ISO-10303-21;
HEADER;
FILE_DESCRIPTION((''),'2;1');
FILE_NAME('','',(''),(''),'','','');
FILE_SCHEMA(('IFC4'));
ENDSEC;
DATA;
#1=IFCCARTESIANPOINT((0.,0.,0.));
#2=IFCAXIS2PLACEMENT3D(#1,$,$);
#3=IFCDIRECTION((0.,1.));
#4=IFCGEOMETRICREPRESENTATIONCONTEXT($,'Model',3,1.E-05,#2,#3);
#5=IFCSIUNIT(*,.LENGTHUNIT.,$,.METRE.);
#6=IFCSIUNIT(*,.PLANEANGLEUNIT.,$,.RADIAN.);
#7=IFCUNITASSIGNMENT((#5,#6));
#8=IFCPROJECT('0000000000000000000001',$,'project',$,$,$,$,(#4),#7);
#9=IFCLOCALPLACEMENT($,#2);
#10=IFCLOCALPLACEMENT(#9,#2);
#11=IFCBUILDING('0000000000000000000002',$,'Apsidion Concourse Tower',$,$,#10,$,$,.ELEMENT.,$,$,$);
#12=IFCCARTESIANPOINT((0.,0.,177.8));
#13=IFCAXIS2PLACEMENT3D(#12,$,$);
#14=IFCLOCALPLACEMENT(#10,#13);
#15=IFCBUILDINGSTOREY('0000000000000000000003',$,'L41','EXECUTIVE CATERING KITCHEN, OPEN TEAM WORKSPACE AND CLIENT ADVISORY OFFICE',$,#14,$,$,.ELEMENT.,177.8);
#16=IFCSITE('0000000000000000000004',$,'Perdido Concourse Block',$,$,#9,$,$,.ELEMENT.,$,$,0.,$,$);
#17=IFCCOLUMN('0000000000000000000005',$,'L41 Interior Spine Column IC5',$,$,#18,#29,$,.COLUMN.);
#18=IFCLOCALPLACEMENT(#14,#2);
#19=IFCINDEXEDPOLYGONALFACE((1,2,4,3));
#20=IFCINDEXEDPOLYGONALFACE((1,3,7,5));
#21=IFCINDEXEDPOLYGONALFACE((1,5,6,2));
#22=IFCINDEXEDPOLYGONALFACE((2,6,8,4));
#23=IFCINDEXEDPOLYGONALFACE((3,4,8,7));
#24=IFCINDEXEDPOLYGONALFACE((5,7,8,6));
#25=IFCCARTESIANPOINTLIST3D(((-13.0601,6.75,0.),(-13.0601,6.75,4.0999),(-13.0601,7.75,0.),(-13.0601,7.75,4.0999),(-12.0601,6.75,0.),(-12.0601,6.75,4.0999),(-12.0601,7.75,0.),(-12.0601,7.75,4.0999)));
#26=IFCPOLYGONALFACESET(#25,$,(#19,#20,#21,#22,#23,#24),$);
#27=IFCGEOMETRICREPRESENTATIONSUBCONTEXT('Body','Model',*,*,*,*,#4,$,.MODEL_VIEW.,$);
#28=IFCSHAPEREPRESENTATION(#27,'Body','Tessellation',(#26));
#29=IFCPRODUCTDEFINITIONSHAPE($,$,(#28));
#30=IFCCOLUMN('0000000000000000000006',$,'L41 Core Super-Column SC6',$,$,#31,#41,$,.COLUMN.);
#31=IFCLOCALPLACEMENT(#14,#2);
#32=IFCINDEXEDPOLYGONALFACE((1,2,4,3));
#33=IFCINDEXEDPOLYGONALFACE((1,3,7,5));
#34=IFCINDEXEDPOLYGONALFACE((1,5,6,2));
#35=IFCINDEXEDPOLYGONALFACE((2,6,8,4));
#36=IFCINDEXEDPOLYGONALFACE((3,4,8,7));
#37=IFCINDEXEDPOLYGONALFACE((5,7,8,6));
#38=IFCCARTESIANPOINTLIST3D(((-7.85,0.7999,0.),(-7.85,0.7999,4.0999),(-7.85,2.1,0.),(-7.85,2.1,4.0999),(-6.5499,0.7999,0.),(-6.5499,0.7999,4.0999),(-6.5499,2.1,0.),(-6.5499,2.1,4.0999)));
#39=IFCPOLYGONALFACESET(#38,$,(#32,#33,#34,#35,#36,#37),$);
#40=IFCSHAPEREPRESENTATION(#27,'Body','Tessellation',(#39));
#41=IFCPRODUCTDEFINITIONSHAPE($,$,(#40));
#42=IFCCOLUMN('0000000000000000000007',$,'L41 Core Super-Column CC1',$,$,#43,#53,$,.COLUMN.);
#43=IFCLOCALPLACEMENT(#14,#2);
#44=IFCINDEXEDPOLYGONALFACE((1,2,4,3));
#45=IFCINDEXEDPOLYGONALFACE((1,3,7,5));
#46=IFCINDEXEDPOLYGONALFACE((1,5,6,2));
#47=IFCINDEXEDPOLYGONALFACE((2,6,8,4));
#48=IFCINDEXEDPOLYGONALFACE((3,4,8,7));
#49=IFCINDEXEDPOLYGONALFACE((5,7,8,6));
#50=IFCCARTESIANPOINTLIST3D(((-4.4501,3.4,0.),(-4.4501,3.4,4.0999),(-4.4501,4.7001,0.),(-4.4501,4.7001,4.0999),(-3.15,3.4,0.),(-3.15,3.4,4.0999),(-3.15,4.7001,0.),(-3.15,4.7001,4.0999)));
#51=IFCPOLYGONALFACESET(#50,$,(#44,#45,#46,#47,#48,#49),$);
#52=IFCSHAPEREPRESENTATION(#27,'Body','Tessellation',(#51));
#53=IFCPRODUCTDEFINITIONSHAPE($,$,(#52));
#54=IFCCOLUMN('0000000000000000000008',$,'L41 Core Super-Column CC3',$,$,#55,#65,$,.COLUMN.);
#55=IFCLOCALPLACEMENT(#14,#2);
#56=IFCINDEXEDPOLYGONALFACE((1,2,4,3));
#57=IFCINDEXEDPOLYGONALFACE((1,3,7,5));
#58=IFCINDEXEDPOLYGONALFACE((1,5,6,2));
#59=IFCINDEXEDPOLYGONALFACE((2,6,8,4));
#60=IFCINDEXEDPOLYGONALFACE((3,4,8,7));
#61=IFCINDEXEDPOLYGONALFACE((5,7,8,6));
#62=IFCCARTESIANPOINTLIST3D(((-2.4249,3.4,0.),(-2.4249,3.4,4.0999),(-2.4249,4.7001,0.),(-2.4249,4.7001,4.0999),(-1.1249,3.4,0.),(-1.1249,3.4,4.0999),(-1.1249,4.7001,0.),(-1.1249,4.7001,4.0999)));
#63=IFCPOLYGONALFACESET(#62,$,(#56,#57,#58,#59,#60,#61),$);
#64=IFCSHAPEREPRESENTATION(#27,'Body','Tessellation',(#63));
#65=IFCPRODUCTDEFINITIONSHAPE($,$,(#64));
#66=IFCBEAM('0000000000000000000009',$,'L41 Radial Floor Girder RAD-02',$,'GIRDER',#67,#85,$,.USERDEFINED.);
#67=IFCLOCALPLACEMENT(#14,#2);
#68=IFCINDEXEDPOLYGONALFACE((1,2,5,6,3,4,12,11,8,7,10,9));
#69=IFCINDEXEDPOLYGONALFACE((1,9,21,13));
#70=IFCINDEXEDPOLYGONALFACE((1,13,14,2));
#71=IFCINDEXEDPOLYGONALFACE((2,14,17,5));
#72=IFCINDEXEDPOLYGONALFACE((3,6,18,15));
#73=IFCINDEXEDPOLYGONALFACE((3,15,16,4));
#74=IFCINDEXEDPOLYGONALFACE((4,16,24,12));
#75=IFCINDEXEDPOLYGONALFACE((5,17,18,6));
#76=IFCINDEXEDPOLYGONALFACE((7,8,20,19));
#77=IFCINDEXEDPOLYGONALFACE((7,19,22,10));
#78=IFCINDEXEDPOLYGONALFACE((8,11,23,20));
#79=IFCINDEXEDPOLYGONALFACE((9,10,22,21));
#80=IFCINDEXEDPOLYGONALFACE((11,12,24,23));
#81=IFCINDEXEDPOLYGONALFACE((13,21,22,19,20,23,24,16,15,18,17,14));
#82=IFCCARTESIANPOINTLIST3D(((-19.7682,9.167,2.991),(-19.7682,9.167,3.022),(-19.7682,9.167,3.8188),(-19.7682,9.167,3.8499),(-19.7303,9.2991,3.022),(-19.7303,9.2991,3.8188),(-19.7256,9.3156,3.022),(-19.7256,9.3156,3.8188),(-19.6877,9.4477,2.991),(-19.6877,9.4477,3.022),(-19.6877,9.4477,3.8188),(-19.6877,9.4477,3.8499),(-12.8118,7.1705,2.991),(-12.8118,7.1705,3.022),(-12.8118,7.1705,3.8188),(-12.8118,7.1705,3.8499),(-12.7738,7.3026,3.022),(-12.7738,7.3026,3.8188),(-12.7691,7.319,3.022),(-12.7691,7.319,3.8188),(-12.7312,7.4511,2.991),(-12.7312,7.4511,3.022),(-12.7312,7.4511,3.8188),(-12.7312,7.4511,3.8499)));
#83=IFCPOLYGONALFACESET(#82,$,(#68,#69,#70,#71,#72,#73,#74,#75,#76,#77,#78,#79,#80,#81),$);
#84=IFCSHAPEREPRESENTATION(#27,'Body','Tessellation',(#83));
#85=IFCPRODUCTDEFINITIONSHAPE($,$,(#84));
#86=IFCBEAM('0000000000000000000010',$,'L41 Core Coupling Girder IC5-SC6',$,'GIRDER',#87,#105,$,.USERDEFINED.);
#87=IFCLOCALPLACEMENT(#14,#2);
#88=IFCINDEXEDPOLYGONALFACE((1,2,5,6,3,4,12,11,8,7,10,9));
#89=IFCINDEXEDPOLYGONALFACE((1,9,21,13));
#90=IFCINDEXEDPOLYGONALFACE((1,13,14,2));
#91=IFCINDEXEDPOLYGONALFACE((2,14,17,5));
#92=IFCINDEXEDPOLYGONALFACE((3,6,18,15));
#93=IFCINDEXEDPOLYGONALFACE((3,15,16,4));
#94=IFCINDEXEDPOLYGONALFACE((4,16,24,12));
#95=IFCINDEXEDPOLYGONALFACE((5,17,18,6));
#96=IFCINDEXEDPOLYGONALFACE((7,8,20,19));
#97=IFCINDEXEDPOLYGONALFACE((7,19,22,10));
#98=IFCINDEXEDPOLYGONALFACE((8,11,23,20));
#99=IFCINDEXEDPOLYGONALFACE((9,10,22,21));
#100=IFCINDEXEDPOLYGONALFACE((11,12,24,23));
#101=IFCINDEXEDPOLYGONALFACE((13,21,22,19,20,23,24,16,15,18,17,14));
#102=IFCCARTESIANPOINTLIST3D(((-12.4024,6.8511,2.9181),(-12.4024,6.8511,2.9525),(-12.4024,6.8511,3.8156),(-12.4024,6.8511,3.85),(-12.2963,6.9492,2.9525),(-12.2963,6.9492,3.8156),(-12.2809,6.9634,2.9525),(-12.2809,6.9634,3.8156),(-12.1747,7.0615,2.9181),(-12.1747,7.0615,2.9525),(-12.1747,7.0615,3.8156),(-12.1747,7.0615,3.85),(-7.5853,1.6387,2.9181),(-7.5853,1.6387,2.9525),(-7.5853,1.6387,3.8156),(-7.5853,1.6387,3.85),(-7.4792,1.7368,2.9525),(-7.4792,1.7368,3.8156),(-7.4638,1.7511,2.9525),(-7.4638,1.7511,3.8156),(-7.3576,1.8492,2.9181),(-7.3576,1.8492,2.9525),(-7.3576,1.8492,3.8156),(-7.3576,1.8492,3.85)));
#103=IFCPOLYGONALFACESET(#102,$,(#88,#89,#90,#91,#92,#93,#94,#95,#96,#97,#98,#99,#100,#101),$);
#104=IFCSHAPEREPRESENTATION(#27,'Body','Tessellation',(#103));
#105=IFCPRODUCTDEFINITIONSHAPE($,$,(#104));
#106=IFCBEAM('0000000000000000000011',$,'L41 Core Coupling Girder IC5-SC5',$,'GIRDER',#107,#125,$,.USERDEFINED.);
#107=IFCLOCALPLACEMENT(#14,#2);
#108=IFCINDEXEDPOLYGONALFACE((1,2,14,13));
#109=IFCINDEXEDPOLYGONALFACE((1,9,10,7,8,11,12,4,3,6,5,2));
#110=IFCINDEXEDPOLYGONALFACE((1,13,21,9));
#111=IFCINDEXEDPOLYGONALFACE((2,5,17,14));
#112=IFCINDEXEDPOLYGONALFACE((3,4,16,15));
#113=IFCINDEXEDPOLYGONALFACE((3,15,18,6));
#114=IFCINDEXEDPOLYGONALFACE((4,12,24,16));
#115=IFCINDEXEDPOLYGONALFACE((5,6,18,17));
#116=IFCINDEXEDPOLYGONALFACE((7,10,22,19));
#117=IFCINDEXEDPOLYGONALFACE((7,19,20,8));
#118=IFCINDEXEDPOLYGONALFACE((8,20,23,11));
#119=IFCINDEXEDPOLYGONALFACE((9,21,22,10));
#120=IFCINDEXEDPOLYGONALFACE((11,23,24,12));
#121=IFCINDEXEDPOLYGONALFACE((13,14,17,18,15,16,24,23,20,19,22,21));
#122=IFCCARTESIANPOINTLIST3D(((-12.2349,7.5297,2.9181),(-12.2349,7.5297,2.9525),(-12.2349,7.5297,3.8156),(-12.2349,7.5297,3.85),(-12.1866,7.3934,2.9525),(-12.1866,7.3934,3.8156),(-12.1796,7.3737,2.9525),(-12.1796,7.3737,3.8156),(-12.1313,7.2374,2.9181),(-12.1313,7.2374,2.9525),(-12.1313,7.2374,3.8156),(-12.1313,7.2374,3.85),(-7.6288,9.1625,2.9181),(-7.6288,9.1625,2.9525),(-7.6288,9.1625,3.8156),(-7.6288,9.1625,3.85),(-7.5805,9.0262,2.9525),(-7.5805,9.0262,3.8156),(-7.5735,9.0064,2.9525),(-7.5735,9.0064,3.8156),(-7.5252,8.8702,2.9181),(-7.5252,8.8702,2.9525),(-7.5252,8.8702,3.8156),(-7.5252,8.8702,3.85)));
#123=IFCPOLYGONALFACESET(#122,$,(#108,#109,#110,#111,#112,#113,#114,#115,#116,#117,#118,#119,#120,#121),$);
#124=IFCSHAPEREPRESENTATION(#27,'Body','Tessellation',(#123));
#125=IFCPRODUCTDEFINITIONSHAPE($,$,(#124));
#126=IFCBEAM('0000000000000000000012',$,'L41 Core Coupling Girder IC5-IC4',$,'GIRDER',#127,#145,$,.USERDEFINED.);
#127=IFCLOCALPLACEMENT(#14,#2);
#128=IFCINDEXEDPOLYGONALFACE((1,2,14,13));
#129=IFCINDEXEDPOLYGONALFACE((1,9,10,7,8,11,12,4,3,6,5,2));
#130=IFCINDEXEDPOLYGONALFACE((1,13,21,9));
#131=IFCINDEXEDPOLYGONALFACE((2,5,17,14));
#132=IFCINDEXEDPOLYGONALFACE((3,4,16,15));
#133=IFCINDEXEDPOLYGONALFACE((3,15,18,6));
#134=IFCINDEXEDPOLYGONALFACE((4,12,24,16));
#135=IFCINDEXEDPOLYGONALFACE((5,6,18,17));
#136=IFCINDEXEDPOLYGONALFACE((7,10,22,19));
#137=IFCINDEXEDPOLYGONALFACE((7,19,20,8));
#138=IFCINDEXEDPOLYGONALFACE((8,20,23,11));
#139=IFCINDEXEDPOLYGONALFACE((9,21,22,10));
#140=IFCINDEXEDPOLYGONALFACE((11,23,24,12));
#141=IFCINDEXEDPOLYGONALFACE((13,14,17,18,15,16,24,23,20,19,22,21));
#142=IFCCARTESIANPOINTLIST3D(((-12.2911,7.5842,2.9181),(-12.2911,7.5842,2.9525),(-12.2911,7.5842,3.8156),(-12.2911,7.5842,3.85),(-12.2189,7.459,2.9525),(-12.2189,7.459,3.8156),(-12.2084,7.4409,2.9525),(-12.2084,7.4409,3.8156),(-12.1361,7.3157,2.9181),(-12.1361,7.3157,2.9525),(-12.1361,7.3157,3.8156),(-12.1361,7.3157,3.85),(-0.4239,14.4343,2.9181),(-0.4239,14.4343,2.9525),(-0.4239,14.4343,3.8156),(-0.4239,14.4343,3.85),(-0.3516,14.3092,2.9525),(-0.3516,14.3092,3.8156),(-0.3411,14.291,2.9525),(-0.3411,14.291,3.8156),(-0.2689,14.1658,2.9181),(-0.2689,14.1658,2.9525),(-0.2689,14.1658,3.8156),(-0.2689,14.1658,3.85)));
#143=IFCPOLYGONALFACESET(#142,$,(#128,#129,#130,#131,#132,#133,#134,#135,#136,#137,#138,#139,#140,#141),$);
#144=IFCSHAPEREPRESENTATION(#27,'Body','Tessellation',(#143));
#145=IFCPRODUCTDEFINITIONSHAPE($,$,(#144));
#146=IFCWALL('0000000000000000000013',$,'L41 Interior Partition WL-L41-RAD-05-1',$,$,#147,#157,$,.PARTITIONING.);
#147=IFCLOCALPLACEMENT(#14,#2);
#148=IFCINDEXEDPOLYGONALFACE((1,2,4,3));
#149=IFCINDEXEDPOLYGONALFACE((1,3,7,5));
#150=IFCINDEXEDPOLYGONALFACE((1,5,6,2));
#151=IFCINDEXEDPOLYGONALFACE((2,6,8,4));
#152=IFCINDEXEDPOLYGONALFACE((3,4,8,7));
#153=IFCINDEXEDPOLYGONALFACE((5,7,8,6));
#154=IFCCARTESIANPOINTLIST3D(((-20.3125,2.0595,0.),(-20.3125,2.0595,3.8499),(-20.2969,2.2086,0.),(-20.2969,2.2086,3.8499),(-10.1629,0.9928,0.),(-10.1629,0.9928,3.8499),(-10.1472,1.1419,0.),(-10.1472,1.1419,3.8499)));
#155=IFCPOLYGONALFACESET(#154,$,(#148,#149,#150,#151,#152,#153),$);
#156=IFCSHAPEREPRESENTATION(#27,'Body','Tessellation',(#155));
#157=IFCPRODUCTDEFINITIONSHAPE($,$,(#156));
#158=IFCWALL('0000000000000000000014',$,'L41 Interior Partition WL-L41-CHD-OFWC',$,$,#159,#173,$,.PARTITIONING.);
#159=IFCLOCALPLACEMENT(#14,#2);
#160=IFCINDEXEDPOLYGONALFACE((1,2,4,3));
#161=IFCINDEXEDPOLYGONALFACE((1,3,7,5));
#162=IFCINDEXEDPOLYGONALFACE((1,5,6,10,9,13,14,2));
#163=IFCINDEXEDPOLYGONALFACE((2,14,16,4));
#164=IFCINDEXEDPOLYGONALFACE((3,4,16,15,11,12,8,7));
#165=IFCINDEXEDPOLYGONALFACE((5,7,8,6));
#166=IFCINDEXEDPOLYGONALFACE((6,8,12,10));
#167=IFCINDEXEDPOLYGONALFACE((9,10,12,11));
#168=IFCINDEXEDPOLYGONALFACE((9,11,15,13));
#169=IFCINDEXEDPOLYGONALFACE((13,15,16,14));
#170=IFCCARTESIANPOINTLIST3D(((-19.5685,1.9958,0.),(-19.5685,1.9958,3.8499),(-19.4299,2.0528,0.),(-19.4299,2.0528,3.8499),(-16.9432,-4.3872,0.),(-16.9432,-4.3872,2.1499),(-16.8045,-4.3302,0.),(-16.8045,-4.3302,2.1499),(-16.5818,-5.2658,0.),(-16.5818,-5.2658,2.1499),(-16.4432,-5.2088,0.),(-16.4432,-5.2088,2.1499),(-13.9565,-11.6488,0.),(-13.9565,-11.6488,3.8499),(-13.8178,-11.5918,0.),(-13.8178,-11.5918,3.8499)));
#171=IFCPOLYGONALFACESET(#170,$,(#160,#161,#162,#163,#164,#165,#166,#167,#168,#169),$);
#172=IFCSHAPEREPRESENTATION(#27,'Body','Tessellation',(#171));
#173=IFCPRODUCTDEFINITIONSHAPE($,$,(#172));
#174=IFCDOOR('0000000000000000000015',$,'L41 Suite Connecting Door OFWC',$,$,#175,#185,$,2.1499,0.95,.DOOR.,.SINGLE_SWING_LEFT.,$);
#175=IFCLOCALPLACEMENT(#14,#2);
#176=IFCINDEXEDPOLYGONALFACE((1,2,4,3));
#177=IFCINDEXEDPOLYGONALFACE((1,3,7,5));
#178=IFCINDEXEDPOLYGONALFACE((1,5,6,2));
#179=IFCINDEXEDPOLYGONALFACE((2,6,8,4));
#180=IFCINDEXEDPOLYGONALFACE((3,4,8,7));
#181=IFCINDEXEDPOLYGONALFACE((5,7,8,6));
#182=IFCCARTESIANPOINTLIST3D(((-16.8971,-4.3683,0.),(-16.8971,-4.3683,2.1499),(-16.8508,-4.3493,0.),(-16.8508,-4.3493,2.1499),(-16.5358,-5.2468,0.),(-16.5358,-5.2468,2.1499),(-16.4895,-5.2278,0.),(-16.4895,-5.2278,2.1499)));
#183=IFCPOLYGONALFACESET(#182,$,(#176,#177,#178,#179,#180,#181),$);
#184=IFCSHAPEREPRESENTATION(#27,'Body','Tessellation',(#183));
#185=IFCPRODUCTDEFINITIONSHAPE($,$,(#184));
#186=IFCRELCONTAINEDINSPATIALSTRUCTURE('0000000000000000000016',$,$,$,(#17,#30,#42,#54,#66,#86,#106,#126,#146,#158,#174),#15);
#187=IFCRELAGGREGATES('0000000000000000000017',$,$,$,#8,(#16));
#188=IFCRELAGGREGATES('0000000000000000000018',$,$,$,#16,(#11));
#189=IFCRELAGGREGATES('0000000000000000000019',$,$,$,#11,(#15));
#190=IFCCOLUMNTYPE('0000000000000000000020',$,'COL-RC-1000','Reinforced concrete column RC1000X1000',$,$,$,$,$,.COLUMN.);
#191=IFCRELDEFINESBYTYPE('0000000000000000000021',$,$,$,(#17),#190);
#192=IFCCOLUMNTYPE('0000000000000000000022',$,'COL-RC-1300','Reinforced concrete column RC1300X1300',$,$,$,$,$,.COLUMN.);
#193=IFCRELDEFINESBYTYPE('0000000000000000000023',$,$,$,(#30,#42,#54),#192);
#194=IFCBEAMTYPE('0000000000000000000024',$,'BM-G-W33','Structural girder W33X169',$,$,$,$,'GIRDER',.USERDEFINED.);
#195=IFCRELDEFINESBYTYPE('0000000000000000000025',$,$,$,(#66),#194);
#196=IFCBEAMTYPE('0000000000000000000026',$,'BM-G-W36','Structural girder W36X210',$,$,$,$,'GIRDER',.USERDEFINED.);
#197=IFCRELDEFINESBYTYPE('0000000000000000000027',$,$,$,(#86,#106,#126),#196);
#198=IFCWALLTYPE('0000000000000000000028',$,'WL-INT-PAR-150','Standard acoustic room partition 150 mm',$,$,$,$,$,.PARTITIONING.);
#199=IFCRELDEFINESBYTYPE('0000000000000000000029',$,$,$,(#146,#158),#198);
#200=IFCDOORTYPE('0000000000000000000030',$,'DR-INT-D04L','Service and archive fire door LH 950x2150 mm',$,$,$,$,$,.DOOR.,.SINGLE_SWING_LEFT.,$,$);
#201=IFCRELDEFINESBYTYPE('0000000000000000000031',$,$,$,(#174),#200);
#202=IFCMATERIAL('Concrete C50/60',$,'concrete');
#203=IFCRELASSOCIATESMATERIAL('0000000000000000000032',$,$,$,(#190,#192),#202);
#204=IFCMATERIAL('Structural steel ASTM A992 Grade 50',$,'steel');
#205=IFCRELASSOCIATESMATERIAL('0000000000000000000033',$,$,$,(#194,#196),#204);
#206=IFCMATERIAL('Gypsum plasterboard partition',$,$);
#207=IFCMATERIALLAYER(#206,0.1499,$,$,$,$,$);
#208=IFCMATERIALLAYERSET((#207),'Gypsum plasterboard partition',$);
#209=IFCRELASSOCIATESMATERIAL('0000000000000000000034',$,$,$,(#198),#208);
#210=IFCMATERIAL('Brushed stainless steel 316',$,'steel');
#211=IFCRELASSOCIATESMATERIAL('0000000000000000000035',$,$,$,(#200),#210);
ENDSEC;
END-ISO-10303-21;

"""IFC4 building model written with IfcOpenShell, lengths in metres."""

from ifc_helpers import new_model, si_unit, direction, frame, frame_2d, origin, origin_2d, place, context, subcontext, project, spatial, rectangle, i_section, extrude, material, layer, layer_set, material_profile, profile_set, type_object, element, fill, save


model = new_model("IFC4")

# Units and contexts
model_context = context("Model", 3, precision=1e-05, world=origin(), true_north=direction((0.0, 1.0)))
body_context = subcontext(model_context, "Body", "Model", "MODEL_VIEW")
ifc_project = project(units=[si_unit("LENGTHUNIT", "METRE"), si_unit("PLANEANGLEUNIT", "RADIAN")], contexts=[model_context])

# Site, building, storey
site_placement = place(None, origin())
site = spatial("IfcSite", under=ifc_project, at=site_placement, Name="Perdido Concourse Block", CompositionType="ELEMENT", RefElevation=0.0)
building_placement = place(site_placement, origin())
building = spatial("IfcBuilding", under=site, at=building_placement, Name="Apsidion Concourse Tower", CompositionType="ELEMENT")
storey_placement = place(building_placement, frame((0.0, 0.0, 177.8)))
storey = spatial("IfcBuildingStorey", under=building, at=storey_placement, Name="L41", Description="EXECUTIVE CATERING KITCHEN, OPEN TEAM WORKSPACE AND CLIENT ADVISORY OFFICE", CompositionType="ELEMENT", Elevation=177.8)

# Columns
ifc_material_1 = material(Name="Concrete C50/60", Category="concrete")
ifc_material_profile_1 = material_profile(ifc_material_1, rectangle(XDim=1.0, YDim=1.0, at=origin_2d()), Name="RC 1000x1000")
ifc_profile_set_1 = profile_set([ifc_material_profile_1], Name="Concrete C50/60")
column_type_1 = type_object("IfcColumnType", Name="COL-RC-1000", Description="Reinforced concrete column RC1000X1000", PredefinedType="COLUMN", material=ifc_profile_set_1)
column_placement = place(storey_placement, frame((-12.5601, 7.25, 0.0), z_axis=(0.0, 0.0, 1.0), x_axis=(1.0, 0.0, 0.0)))
element("IfcColumn", 1, at=column_placement, inside=storey, type_object=column_type_1, Name="L41 Interior Spine Column IC5", PredefinedType="COLUMN", context=body_context, shape_type="SweptSolid", body=[
    extrude(rectangle(XDim=1.0, YDim=1.0, at=origin_2d()), origin(), (0.0, 0.0, 1.0), 4.0999),
])
ifc_material_profile_2 = material_profile(ifc_material_1, rectangle(XDim=1.3, YDim=1.3, at=origin_2d()), Name="RC 1300x1300")
ifc_profile_set_2 = profile_set([ifc_material_profile_2], Name="Concrete C50/60")
column_type_2 = type_object("IfcColumnType", Name="COL-RC-1300", Description="Reinforced concrete column RC1300X1300", PredefinedType="COLUMN", material=ifc_profile_set_2)
for number, where, z_axis, x_axis, name in (
    (2, (-7.2, 1.45, 0.0), (0.0, 0.0, 1.0), (1.0, 0.0, 0.0), "L41 Core Super-Column SC6"),
    (3, (-3.8, 4.05, 0.0), (0.0, 0.0, 1.0), (1.0, 0.0, 0.0), "L41 Core Super-Column CC1"),
    (4, (-1.7749, 4.05, 0.0), (0.0, 0.0, 1.0), (1.0, 0.0, 0.0), "L41 Core Super-Column CC3"),
):
    element("IfcColumn", number, at=place(storey_placement, frame(where, z_axis=z_axis, x_axis=x_axis)), inside=storey, type_object=column_type_2, Name=name, PredefinedType="COLUMN", context=body_context, shape_type="SweptSolid", body=[
        extrude(rectangle(XDim=1.3, YDim=1.3, at=origin_2d()), origin(), (0.0, 0.0, 1.0), 4.0999),
    ])

# Beams
ifc_material_2 = material(Name="Structural steel ASTM A992 Grade 50", Category="steel")
ifc_material_profile_3 = material_profile(ifc_material_2, i_section(OverallWidth=0.292, OverallDepth=0.8589, WebThickness=0.0171, FlangeThickness=0.031, at=origin_2d()), Name="W33X169")
ifc_profile_set_3 = profile_set([ifc_material_profile_3], Name="Structural steel ASTM A992 Grade 50")
beam_type_1 = type_object("IfcBeamType", Name="BM-G-W33", Description="Structural girder W33X169", ElementType="GIRDER", PredefinedType="USERDEFINED", material=ifc_profile_set_3)
beam_1_placement = place(storey_placement, frame((-12.7715, 7.3108, 3.4204), z_axis=(-0.961195, 0.27587, 0.0), x_axis=(-0.27587, -0.961195, 0.0)))
element("IfcBeam", 5, at=beam_1_placement, inside=storey, type_object=beam_type_1, Name="L41 Radial Floor Girder RAD-02", ObjectType="GIRDER", PredefinedType="USERDEFINED", context=body_context, shape_type="SweptSolid", body=[
    extrude(i_section(OverallWidth=0.292, OverallDepth=0.8589, WebThickness=0.0171, FlangeThickness=0.031, at=origin_2d()), origin(), (0.0, 0.0, 1.0), 7.2373),
])
ifc_material_profile_4 = material_profile(ifc_material_2, i_section(OverallWidth=0.3101, OverallDepth=0.9319, WebThickness=0.021, FlangeThickness=0.0344, at=origin_2d()), Name="W36X210")
ifc_profile_set_4 = profile_set([ifc_material_profile_4], Name="Structural steel ASTM A992 Grade 50")
beam_type_2 = type_object("IfcBeamType", Name="BM-G-W36", Description="Structural girder W36X210", ElementType="GIRDER", PredefinedType="USERDEFINED", material=ifc_profile_set_4)
beam_2_placement = place(storey_placement, frame((-12.2886, 6.9563, 3.384), z_axis=(0.678713, -0.734404, 0.0), x_axis=(0.734404, 0.678713, 0.0)))
element("IfcBeam", 6, at=beam_2_placement, inside=storey, type_object=beam_type_2, Name="L41 Core Coupling Girder IC5-SC6", ObjectType="GIRDER", PredefinedType="USERDEFINED", context=body_context, shape_type="SweptSolid", body=[
    extrude(i_section(OverallWidth=0.3101, OverallDepth=0.9319, WebThickness=0.021, FlangeThickness=0.0344, at=origin_2d()), origin(), (0.0, 0.0, 1.0), 7.0974),
])
beam_3_placement = place(storey_placement, frame((-12.1831, 7.3835, 3.384), z_axis=(0.942534, 0.334111, 0.0), x_axis=(-0.334111, 0.942534, 0.0)))
element("IfcBeam", 7, at=beam_3_placement, inside=storey, type_object=beam_type_2, Name="L41 Core Coupling Girder IC5-SC5", ObjectType="GIRDER", PredefinedType="USERDEFINED", context=body_context, shape_type="SweptSolid", body=[
    extrude(i_section(OverallWidth=0.3101, OverallDepth=0.9319, WebThickness=0.021, FlangeThickness=0.0344, at=origin_2d()), origin(), (0.0, 0.0, 1.0), 4.887),
])
beam_4_placement = place(storey_placement, frame((-12.2136, 7.45, 3.384), z_axis=(0.86607, 0.499922, 0.0), x_axis=(-0.499922, 0.86607, 0.0)))
element("IfcBeam", 8, at=beam_4_placement, inside=storey, type_object=beam_type_2, Name="L41 Core Coupling Girder IC5-IC4", ObjectType="GIRDER", PredefinedType="USERDEFINED", context=body_context, shape_type="SweptSolid", body=[
    extrude(i_section(OverallWidth=0.3101, OverallDepth=0.9319, WebThickness=0.021, FlangeThickness=0.0344, at=origin_2d()), origin(), (0.0, 0.0, 1.0), 13.7024),
])

# Wall
ifc_material_3 = material(Name="Gypsum plasterboard partition")
ifc_layer_1 = layer(ifc_material_3, 0.1499)
ifc_layer_set_1 = layer_set([ifc_layer_1], Name="Gypsum plasterboard partition")
wall_type_1 = type_object("IfcWallType", Name="WL-INT-PAR-150", Description="Standard acoustic room partition 150 mm", PredefinedType="PARTITIONING", material=ifc_layer_set_1)
wall_1_placement = place(storey_placement, frame((-10.155, 1.0674, 0.0), z_axis=(0.0, 0.0, 1.0), x_axis=(-0.994523, 0.104517, 0.0)))
element("IfcWall", 9, at=wall_1_placement, inside=storey, type_object=wall_type_1, Name="L41 Interior Partition WL-L41-RAD-05-1", PredefinedType="PARTITIONING", context=body_context, shape_type="SweptSolid", body=[
    extrude(rectangle(XDim=10.2056, YDim=0.1499, at=frame_2d((5.1028, 0.0))), origin(), (0.0, 0.0, 1.0), 3.8499),
])

# Wall, opening, door
wall_2_placement = place(storey_placement, frame((-19.4993, 2.0244, 0.0), z_axis=(0.0, 0.0, 1.0), x_axis=(0.380386, -0.924828, 0.0)))
wall_2 = element("IfcWall", 10, at=wall_2_placement, inside=storey, type_object=wall_type_1, Name="L41 Interior Partition WL-L41-CHD-OFWC", PredefinedType="PARTITIONING", context=body_context, shape_type="SweptSolid", body=[
    extrude(rectangle(XDim=14.7537, YDim=0.1499, at=frame_2d((7.377, 0.0))), origin(), (0.0, 0.0, 1.0), 3.8499),
])
opening_1_placement = place(wall_2_placement, frame((6.9019, 0.0, 0.0)))
opening_1 = element("IfcOpeningElement", 11, at=opening_1_placement, cuts=wall_2, PredefinedType="OPENING", context=body_context, shape_type="SweptSolid", body=[
    extrude(rectangle(XDim=0.95, YDim=2.1499, at=frame_2d((0.4751, 1.075))), frame((0.0, 0.085, 0.0), z_axis=(0.0, -1.0, 0.0), x_axis=(1.0, 0.0, 0.0)), (0.0, 0.0, 1.0), 0.1699),
])
ifc_material_4 = material(Name="Brushed stainless steel 316", Category="steel")
door_type_1 = type_object("IfcDoorType", Name="DR-INT-D04L", Description="Service and archive fire door LH 950x2150 mm", OperationType="SINGLE_SWING_LEFT", PredefinedType="DOOR", material=ifc_material_4)
door_1_placement = place(opening_1_placement, origin())
door_1 = element("IfcDoor", 12, at=door_1_placement, inside=storey, type_object=door_type_1, Name="L41 Suite Connecting Door OFWC", OperationType="SINGLE_SWING_LEFT", OverallHeight=2.1499, OverallWidth=0.95, PredefinedType="DOOR", context=body_context, shape_type="SweptSolid", body=[
    extrude(rectangle(XDim=0.95, YDim=2.1499, at=frame_2d((0.4751, 1.075))), frame((0.0, 0.0249, 0.0), z_axis=(0.0, -1.0, 0.0), x_axis=(1.0, 0.0, 0.0)), (0.0, 0.0, 1.0), 0.05),
])
fill(opening_1, door_1)

save(model, "model.ifc")
